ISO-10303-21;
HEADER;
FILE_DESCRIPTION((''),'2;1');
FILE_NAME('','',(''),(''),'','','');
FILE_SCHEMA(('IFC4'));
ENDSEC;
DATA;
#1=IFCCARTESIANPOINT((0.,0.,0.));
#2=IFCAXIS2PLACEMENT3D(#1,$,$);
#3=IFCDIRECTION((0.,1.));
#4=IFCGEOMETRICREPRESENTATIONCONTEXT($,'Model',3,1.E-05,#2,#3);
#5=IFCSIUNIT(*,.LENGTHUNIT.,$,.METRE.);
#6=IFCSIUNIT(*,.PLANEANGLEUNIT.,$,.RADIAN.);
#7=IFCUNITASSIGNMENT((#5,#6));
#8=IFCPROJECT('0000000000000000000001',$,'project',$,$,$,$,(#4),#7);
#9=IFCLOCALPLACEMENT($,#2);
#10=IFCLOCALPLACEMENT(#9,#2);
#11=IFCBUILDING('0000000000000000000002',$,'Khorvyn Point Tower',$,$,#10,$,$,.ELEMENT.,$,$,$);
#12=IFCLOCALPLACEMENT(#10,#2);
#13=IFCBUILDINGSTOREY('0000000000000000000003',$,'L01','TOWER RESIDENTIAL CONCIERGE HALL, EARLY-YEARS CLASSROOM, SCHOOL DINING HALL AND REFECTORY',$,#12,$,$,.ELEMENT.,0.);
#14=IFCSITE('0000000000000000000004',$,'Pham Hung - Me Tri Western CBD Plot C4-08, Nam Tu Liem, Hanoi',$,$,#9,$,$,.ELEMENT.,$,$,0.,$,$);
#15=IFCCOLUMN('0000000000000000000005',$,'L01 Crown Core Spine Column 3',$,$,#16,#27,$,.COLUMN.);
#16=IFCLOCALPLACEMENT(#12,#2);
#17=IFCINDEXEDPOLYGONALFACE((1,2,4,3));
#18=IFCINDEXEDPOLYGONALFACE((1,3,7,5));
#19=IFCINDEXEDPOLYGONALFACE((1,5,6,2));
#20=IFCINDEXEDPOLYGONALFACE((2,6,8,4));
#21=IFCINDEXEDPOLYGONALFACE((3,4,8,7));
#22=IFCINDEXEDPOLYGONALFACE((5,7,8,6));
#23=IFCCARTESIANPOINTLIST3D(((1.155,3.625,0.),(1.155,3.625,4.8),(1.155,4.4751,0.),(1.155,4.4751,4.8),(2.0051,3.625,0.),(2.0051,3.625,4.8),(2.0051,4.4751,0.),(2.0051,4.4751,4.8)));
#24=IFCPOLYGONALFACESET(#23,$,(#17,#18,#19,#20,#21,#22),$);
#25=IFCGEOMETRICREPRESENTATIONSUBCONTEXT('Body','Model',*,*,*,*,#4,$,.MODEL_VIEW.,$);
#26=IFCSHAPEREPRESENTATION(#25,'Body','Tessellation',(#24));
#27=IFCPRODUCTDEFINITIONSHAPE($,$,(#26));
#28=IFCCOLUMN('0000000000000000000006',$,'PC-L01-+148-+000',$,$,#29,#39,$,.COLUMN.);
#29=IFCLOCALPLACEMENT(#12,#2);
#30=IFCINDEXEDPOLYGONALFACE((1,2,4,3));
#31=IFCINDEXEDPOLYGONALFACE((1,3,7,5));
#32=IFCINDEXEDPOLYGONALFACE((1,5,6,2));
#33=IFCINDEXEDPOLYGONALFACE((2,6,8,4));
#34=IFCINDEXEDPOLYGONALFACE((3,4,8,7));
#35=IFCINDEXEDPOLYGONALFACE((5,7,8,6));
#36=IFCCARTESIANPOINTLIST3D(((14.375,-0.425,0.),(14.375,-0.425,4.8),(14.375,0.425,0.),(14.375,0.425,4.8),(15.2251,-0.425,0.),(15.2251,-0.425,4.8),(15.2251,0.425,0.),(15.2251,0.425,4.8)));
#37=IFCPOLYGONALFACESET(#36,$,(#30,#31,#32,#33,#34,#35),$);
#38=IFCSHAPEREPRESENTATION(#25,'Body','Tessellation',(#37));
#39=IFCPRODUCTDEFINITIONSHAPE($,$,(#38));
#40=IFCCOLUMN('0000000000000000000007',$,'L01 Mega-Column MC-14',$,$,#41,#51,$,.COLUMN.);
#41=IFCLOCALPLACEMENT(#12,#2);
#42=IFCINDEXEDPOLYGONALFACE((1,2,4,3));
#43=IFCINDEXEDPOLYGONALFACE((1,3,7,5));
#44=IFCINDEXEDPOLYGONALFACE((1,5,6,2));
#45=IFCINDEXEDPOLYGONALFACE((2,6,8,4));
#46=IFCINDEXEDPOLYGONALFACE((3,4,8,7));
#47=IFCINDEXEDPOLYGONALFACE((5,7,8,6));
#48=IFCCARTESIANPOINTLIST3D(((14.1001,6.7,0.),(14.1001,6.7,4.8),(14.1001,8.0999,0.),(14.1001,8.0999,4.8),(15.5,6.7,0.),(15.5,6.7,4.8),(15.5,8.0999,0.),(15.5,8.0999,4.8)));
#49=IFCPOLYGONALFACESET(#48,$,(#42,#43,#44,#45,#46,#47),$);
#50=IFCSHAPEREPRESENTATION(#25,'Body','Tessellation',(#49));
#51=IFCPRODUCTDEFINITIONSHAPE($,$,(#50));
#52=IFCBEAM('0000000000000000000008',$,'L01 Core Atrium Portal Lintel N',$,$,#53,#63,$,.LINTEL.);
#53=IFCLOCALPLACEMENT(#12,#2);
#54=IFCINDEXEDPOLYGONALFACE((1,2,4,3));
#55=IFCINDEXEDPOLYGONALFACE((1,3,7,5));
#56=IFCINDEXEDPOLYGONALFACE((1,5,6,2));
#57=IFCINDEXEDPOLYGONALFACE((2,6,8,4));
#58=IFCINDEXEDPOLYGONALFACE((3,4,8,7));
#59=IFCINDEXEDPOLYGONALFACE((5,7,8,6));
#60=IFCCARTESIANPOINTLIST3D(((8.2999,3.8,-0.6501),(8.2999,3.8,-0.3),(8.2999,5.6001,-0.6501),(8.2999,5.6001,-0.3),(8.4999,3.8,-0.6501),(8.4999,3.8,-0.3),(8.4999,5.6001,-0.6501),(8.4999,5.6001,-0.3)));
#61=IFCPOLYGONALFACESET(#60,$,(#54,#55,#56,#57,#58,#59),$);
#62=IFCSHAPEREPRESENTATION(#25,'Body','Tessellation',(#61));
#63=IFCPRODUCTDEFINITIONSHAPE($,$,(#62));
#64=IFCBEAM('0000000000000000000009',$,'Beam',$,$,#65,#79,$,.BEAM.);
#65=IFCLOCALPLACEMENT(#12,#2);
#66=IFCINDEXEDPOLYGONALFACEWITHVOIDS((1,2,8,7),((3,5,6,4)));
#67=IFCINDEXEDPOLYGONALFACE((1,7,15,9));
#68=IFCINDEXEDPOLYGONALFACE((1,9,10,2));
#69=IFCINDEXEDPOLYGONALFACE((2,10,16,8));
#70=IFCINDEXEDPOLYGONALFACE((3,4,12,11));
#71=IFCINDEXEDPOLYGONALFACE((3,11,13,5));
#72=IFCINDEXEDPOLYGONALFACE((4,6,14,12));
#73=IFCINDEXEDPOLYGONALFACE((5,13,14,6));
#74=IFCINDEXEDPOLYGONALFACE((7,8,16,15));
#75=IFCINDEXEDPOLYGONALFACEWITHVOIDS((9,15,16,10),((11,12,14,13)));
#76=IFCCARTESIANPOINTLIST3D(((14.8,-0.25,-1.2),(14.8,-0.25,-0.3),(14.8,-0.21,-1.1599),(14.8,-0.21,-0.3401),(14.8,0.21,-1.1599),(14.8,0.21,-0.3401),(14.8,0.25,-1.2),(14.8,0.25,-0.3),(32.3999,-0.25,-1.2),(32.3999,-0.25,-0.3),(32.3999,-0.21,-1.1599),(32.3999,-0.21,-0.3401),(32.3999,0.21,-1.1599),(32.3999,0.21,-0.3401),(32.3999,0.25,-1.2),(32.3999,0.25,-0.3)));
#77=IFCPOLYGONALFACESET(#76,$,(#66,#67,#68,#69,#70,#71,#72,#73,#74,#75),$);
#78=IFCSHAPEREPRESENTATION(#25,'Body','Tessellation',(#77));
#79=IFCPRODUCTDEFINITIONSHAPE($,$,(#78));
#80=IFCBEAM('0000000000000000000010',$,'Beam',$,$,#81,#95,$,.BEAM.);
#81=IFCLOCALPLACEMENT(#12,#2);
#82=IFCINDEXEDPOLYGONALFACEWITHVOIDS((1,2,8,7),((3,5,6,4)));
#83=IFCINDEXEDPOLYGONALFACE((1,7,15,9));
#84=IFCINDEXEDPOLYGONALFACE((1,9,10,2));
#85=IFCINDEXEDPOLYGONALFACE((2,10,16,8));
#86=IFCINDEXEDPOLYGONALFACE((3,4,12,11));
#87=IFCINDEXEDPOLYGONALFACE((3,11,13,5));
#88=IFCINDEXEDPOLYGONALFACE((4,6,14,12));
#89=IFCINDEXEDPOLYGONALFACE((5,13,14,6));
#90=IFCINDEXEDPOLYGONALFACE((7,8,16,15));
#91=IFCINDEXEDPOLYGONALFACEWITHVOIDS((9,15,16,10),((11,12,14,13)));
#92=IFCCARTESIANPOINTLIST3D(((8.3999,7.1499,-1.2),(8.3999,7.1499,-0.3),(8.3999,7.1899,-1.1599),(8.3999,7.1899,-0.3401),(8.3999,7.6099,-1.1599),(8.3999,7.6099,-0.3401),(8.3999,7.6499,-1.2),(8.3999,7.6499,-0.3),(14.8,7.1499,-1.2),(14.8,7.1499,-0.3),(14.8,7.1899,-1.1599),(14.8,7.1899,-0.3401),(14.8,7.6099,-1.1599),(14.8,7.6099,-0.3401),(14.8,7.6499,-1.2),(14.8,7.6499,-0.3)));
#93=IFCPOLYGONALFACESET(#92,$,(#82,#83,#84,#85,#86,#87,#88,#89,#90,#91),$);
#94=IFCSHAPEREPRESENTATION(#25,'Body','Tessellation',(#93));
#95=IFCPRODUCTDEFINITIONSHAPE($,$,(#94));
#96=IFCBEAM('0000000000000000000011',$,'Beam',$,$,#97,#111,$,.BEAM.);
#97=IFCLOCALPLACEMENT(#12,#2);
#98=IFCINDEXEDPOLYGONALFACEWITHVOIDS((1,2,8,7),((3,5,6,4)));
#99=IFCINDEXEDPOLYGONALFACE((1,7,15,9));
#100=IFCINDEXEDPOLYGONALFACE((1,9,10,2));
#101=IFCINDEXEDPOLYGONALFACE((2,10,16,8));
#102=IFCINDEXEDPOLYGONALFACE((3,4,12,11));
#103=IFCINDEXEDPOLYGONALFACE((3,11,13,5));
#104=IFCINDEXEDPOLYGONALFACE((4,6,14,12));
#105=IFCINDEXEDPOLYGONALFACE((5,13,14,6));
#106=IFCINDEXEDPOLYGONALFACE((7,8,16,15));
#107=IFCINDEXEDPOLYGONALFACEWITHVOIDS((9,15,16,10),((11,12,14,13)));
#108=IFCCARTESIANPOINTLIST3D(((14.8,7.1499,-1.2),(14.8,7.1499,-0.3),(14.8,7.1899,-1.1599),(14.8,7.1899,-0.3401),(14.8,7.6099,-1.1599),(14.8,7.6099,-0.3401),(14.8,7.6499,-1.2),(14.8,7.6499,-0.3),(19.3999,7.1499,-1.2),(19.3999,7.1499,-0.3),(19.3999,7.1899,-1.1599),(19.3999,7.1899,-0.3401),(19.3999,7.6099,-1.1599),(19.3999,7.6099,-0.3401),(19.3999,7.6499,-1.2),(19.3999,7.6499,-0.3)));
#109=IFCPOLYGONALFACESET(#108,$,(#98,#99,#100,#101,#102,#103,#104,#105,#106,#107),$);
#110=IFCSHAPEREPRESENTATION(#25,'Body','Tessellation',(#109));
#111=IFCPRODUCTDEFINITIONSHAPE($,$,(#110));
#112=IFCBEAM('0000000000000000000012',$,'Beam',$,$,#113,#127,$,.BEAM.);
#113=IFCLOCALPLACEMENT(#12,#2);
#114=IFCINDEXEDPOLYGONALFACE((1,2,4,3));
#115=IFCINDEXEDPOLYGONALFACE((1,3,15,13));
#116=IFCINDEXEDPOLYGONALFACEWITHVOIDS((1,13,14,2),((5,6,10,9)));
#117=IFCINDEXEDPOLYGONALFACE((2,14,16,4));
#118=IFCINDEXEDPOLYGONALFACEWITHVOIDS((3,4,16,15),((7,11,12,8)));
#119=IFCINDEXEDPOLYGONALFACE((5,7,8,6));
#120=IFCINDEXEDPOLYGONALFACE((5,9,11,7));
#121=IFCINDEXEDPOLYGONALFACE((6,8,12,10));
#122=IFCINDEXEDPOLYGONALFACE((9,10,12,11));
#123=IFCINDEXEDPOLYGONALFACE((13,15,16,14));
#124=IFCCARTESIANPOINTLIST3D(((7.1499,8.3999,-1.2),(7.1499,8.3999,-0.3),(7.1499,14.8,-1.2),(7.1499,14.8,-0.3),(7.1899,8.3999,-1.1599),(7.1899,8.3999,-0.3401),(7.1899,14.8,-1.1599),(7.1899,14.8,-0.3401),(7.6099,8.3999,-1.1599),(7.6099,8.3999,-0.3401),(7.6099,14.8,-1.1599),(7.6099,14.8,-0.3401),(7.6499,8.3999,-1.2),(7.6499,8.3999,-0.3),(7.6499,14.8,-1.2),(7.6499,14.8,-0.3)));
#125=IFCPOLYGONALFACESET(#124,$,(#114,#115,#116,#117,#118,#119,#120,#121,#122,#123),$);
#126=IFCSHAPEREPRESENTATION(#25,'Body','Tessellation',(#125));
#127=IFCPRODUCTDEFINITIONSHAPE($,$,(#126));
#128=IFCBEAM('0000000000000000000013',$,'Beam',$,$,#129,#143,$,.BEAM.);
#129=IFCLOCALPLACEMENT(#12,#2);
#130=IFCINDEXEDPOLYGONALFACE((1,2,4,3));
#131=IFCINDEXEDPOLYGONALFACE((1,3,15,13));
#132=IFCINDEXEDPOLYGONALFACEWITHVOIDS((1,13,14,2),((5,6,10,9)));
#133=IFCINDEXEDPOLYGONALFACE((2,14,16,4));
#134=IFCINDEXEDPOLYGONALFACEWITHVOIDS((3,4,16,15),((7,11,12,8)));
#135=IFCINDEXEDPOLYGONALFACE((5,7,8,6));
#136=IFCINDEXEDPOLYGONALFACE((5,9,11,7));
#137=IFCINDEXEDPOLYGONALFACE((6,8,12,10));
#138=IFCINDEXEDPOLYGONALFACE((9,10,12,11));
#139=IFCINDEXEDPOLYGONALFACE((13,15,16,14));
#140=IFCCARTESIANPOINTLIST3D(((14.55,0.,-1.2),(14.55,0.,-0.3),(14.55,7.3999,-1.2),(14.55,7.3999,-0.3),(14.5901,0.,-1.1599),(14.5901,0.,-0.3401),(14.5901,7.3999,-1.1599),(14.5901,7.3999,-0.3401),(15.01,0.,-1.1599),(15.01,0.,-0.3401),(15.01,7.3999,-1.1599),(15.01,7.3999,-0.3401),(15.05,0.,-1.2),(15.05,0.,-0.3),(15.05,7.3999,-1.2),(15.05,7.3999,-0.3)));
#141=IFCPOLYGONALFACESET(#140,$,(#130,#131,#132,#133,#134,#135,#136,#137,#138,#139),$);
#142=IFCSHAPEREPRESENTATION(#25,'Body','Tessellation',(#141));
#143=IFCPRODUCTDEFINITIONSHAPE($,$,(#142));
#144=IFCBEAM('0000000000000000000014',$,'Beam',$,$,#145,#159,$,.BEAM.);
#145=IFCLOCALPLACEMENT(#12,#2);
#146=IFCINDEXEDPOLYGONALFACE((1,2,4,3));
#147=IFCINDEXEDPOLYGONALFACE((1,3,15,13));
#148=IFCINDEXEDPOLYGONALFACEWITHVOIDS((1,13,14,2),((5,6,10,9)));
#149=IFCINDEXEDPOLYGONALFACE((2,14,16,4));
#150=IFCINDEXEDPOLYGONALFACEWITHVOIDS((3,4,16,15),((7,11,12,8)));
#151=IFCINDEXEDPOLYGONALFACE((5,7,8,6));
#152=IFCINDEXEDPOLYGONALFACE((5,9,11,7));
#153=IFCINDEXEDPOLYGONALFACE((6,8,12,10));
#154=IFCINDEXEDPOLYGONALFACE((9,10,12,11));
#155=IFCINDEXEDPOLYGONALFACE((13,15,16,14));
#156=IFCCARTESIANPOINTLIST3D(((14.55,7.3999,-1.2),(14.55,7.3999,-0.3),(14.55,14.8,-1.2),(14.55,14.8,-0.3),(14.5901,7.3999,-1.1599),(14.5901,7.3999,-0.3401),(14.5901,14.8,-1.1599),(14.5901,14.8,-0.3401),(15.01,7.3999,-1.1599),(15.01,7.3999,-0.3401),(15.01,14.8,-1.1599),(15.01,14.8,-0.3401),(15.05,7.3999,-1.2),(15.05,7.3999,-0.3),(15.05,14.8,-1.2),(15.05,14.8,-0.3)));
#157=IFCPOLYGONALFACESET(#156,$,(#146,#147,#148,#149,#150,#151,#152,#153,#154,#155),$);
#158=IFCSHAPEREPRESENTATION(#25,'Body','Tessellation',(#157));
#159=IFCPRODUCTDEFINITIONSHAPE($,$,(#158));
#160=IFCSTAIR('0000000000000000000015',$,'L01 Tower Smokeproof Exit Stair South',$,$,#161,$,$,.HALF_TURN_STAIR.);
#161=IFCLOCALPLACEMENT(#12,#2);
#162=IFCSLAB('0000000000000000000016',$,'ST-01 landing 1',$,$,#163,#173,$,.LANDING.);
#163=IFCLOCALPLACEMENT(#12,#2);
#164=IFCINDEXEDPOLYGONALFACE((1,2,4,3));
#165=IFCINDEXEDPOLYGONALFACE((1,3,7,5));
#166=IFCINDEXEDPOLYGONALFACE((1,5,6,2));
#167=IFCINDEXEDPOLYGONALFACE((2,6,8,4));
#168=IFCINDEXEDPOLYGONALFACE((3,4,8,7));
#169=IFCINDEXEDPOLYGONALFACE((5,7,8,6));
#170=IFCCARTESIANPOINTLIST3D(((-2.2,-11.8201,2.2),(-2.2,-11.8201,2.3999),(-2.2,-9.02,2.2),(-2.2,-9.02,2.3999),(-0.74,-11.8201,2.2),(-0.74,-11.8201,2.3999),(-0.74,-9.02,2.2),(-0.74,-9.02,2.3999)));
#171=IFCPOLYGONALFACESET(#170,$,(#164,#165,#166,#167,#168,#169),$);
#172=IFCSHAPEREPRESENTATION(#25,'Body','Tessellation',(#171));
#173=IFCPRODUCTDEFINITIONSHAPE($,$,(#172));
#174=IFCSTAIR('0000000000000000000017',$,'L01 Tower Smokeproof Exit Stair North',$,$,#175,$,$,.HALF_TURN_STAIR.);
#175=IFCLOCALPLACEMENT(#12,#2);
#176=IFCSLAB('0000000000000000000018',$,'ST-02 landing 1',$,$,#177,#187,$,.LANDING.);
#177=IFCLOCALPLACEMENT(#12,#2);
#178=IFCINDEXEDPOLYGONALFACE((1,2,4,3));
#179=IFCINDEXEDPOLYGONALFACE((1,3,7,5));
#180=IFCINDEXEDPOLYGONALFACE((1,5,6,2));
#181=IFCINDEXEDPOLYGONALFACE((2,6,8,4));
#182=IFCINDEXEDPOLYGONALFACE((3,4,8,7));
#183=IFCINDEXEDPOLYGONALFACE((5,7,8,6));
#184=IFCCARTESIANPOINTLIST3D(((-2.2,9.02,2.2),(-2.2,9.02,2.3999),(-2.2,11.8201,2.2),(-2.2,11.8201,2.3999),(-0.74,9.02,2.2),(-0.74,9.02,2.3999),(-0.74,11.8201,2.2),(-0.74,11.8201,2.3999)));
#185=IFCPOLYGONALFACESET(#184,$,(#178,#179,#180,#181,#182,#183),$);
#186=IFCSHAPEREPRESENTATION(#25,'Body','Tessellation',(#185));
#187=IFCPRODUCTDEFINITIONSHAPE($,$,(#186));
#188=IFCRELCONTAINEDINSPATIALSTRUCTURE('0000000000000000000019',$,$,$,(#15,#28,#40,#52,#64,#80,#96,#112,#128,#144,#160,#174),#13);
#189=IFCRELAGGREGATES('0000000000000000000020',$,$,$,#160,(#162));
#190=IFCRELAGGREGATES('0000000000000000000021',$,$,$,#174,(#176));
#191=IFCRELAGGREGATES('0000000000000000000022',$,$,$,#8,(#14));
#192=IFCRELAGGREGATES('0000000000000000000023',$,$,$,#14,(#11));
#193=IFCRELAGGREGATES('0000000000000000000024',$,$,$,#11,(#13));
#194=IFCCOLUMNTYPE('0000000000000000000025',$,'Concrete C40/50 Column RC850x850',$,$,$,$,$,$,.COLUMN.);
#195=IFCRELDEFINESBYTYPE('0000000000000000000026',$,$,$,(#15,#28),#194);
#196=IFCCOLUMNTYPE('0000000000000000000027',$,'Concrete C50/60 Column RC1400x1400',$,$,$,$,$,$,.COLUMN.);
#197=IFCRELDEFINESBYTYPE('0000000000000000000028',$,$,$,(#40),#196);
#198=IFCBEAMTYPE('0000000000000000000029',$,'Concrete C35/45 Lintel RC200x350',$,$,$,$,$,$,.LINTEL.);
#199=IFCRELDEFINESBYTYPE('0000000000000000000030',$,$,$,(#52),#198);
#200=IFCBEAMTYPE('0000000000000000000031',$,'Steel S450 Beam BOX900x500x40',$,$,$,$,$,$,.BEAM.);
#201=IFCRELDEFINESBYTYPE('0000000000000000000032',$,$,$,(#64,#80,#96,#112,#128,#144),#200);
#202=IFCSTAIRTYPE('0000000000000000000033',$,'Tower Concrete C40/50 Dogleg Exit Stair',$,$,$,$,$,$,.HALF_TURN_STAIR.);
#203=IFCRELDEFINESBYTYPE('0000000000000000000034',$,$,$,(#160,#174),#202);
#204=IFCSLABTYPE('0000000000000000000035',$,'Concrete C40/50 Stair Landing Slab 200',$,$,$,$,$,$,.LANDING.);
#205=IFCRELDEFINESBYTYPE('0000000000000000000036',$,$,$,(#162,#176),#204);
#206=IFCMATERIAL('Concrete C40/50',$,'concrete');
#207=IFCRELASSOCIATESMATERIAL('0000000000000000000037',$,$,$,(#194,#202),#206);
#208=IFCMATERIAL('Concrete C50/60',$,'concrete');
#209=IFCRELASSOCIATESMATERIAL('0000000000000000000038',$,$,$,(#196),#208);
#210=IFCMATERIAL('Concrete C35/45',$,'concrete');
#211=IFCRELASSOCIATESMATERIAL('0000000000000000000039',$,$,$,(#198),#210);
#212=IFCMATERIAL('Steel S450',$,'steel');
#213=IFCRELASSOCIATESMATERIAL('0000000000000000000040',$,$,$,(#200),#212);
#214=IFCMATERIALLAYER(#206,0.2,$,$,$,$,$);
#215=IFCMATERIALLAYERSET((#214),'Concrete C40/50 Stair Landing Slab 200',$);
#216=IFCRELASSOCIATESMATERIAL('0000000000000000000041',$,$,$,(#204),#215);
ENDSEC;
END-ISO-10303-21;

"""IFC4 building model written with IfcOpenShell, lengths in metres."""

from ifc_helpers import new_model, si_unit, direction, frame, origin, origin_2d, place, context, subcontext, project, spatial, polyline, rectangle, hollow_rectangle, outline, extrude, material, layer, layer_set, material_profile, profile_set, type_object, element, aggregate, save


model = new_model("IFC4")

# Units and contexts
model_context = context("Model", 3, precision=1e-05, world=origin(), true_north=direction((0.0, 1.0)))
body_context = subcontext(model_context, "Body", "Model", "MODEL_VIEW")
ifc_project = project(units=[si_unit("LENGTHUNIT", "METRE"), si_unit("PLANEANGLEUNIT", "RADIAN")], contexts=[model_context])

# Site, building, storey
site_placement = place(None, origin())
site = spatial("IfcSite", under=ifc_project, at=site_placement, Name="Pham Hung - Me Tri Western CBD Plot C4-08, Nam Tu Liem, Hanoi", CompositionType="ELEMENT", RefElevation=0.0)
building_placement = place(site_placement, origin())
building = spatial("IfcBuilding", under=site, at=building_placement, Name="Khorvyn Point Tower", CompositionType="ELEMENT")
storey_placement = place(building_placement, origin())
storey = spatial("IfcBuildingStorey", under=building, at=storey_placement, Name="L01", Description="TOWER RESIDENTIAL CONCIERGE HALL, EARLY-YEARS CLASSROOM, SCHOOL DINING HALL AND REFECTORY", CompositionType="ELEMENT", Elevation=0.0)

# Columns
ifc_material_1 = material(Name="Concrete C40/50", Category="concrete")
ifc_material_profile_1 = material_profile(ifc_material_1, rectangle(XDim=0.8501, YDim=0.8501, at=origin_2d()))
ifc_profile_set_1 = profile_set([ifc_material_profile_1], Name="Concrete C40/50 RC850x850")
column_type_1 = type_object("IfcColumnType", Name="Concrete C40/50 Column RC850x850", PredefinedType="COLUMN", material=ifc_profile_set_1)
for number, where, z_axis, x_axis, name in (
    (1, (1.5801, 4.05, 0.0), (0.0, 0.0, 1.0), (1.0, 0.0, 0.0), "L01 Crown Core Spine Column 3"),
    (2, (14.8, 0.0, 0.0), (0.0, 0.0, 1.0), (1.0, 0.0, 0.0), "PC-L01-+148-+000"),
):
    element("IfcColumn", number, at=place(storey_placement, frame(where, z_axis=z_axis, x_axis=x_axis)), inside=storey, type_object=column_type_1, Name=name, PredefinedType="COLUMN", context=body_context, shape_type="SweptSolid", body=[
        extrude(rectangle(XDim=0.8501, YDim=0.8501, at=origin_2d()), origin(), (0.0, 0.0, 1.0), 4.8),
    ])
ifc_material_2 = material(Name="Concrete C50/60", Category="concrete")
ifc_material_profile_2 = material_profile(ifc_material_2, rectangle(XDim=1.3999, YDim=1.3999, at=origin_2d()))
ifc_profile_set_2 = profile_set([ifc_material_profile_2], Name="Concrete C50/60 RC1400x1400")
column_type_2 = type_object("IfcColumnType", Name="Concrete C50/60 Column RC1400x1400", PredefinedType="COLUMN", material=ifc_profile_set_2)
column_placement = place(storey_placement, frame((14.8, 7.3999, 0.0), z_axis=(0.0, 0.0, 1.0), x_axis=(1.0, 0.0, 0.0)))
element("IfcColumn", 3, at=column_placement, inside=storey, type_object=column_type_2, Name="L01 Mega-Column MC-14", PredefinedType="COLUMN", context=body_context, shape_type="SweptSolid", body=[
    extrude(rectangle(XDim=1.3999, YDim=1.3999, at=origin_2d()), origin(), (0.0, 0.0, 1.0), 4.8),
])

# Beams
ifc_material_3 = material(Name="Concrete C35/45", Category="concrete")
ifc_material_profile_3 = material_profile(ifc_material_3, rectangle(XDim=0.2, YDim=0.3501, at=origin_2d()))
ifc_profile_set_3 = profile_set([ifc_material_profile_3], Name="Concrete C35/45 RC200x350")
beam_type_1 = type_object("IfcBeamType", Name="Concrete C35/45 Lintel RC200x350", PredefinedType="LINTEL", material=ifc_profile_set_3)
beam_1_placement = place(storey_placement, frame((8.3999, 3.8, -0.4751), z_axis=(0.0, 1.0, 0.0), x_axis=(-1.0, 0.0, 0.0)))
element("IfcBeam", 4, at=beam_1_placement, inside=storey, type_object=beam_type_1, Name="L01 Core Atrium Portal Lintel N", PredefinedType="LINTEL", context=body_context, shape_type="SweptSolid", body=[
    extrude(rectangle(XDim=0.2, YDim=0.3501, at=origin_2d()), origin(), (0.0, 0.0, 1.0), 1.8),
])
ifc_material_4 = material(Name="Steel S450", Category="steel")
ifc_material_profile_4 = material_profile(ifc_material_4, hollow_rectangle(XDim=0.5, YDim=0.8999, WallThickness=0.04, at=origin_2d()))
ifc_profile_set_4 = profile_set([ifc_material_profile_4], Name="Steel S450 BOX900x500x40")
beam_type_2 = type_object("IfcBeamType", Name="Steel S450 Beam BOX900x500x40", PredefinedType="BEAM", material=ifc_profile_set_4)
beam_2_placement = place(storey_placement, frame((14.8, 0.0, -0.75), z_axis=(1.0, 0.0, 0.0), x_axis=(0.0, 1.0, 0.0)))
element("IfcBeam", 5, at=beam_2_placement, inside=storey, type_object=beam_type_2, Name="Beam", PredefinedType="BEAM", context=body_context, shape_type="SweptSolid", body=[
    extrude(hollow_rectangle(XDim=0.5, YDim=0.8999, WallThickness=0.04, at=origin_2d()), origin(), (0.0, 0.0, 1.0), 17.5999),
])
beam_3_placement = place(storey_placement, frame((8.3999, 7.3999, -0.75), z_axis=(1.0, 0.0, 0.0), x_axis=(0.0, 1.0, 0.0)))
element("IfcBeam", 6, at=beam_3_placement, inside=storey, type_object=beam_type_2, Name="Beam", PredefinedType="BEAM", context=body_context, shape_type="SweptSolid", body=[
    extrude(hollow_rectangle(XDim=0.5, YDim=0.8999, WallThickness=0.04, at=origin_2d()), origin(), (0.0, 0.0, 1.0), 6.4001),
])
beam_4_placement = place(storey_placement, frame((14.8, 7.3999, -0.75), z_axis=(1.0, 0.0, 0.0), x_axis=(0.0, 1.0, 0.0)))
element("IfcBeam", 7, at=beam_4_placement, inside=storey, type_object=beam_type_2, Name="Beam", PredefinedType="BEAM", context=body_context, shape_type="SweptSolid", body=[
    extrude(hollow_rectangle(XDim=0.5, YDim=0.8999, WallThickness=0.04, at=origin_2d()), origin(), (0.0, 0.0, 1.0), 4.5999),
])
beam_5_placement = place(storey_placement, frame((7.3999, 8.3999, -0.75), z_axis=(0.0, 1.0, 0.0), x_axis=(-1.0, 0.0, 0.0)))
element("IfcBeam", 8, at=beam_5_placement, inside=storey, type_object=beam_type_2, Name="Beam", PredefinedType="BEAM", context=body_context, shape_type="SweptSolid", body=[
    extrude(hollow_rectangle(XDim=0.5, YDim=0.8999, WallThickness=0.04, at=origin_2d()), origin(), (0.0, 0.0, 1.0), 6.4001),
])
beam_6_placement = place(storey_placement, frame((14.8, 0.0, -0.75), z_axis=(0.0, 1.0, 0.0), x_axis=(-1.0, 0.0, 0.0)))
element("IfcBeam", 9, at=beam_6_placement, inside=storey, type_object=beam_type_2, Name="Beam", PredefinedType="BEAM", context=body_context, shape_type="SweptSolid", body=[
    extrude(hollow_rectangle(XDim=0.5, YDim=0.8999, WallThickness=0.04, at=origin_2d()), origin(), (0.0, 0.0, 1.0), 7.3999),
])
beam_7_placement = place(storey_placement, frame((14.8, 7.3999, -0.75), z_axis=(0.0, 1.0, 0.0), x_axis=(-1.0, 0.0, 0.0)))
element("IfcBeam", 10, at=beam_7_placement, inside=storey, type_object=beam_type_2, Name="Beam", PredefinedType="BEAM", context=body_context, shape_type="SweptSolid", body=[
    extrude(hollow_rectangle(XDim=0.5, YDim=0.8999, WallThickness=0.04, at=origin_2d()), origin(), (0.0, 0.0, 1.0), 7.4001),
])

# Stairs, slabs
stair_type_1 = type_object("IfcStairType", Name="Tower Concrete C40/50 Dogleg Exit Stair", PredefinedType="HALF_TURN_STAIR", material=ifc_material_1)
stair_1_placement = place(storey_placement, origin())
stair_1 = element("IfcStair", 11, at=stair_1_placement, inside=storey, type_object=stair_type_1, Name="L01 Tower Smokeproof Exit Stair South", PredefinedType="HALF_TURN_STAIR")
ifc_layer_1 = layer(ifc_material_1, 0.2)
ifc_layer_set_1 = layer_set([ifc_layer_1], Name="Concrete C40/50 Stair Landing Slab 200")
slab_type_1 = type_object("IfcSlabType", Name="Concrete C40/50 Stair Landing Slab 200", PredefinedType="LANDING", material=ifc_layer_set_1)
slab_1_placement = place(storey_placement, frame((0.0, 0.0, 2.2)))
slab_1 = element("IfcSlab", 12, at=slab_1_placement, type_object=slab_type_1, Name="ST-01 landing 1", PredefinedType="LANDING", context=body_context, shape_type="SweptSolid", body=[
    extrude(outline(polyline([(-0.74, -9.02), (-2.2, -9.02), (-2.2, -11.8201), (-0.74, -11.8201), (-0.74, -9.02)])), origin(), (0.0, 0.0, 1.0), 0.2),
])
aggregate(stair_1, [slab_1])
stair_2_placement = place(storey_placement, origin())
stair_2 = element("IfcStair", 13, at=stair_2_placement, inside=storey, type_object=stair_type_1, Name="L01 Tower Smokeproof Exit Stair North", PredefinedType="HALF_TURN_STAIR")
slab_2_placement = place(storey_placement, frame((0.0, 0.0, 2.2)))
slab_2 = element("IfcSlab", 14, at=slab_2_placement, type_object=slab_type_1, Name="ST-02 landing 1", PredefinedType="LANDING", context=body_context, shape_type="SweptSolid", body=[
    extrude(outline(polyline([(-0.74, 11.8201), (-2.2, 11.8201), (-2.2, 9.02), (-0.74, 9.02), (-0.74, 11.8201)])), origin(), (0.0, 0.0, 1.0), 0.2),
])
aggregate(stair_2, [slab_2])

save(model, "model.ifc")
